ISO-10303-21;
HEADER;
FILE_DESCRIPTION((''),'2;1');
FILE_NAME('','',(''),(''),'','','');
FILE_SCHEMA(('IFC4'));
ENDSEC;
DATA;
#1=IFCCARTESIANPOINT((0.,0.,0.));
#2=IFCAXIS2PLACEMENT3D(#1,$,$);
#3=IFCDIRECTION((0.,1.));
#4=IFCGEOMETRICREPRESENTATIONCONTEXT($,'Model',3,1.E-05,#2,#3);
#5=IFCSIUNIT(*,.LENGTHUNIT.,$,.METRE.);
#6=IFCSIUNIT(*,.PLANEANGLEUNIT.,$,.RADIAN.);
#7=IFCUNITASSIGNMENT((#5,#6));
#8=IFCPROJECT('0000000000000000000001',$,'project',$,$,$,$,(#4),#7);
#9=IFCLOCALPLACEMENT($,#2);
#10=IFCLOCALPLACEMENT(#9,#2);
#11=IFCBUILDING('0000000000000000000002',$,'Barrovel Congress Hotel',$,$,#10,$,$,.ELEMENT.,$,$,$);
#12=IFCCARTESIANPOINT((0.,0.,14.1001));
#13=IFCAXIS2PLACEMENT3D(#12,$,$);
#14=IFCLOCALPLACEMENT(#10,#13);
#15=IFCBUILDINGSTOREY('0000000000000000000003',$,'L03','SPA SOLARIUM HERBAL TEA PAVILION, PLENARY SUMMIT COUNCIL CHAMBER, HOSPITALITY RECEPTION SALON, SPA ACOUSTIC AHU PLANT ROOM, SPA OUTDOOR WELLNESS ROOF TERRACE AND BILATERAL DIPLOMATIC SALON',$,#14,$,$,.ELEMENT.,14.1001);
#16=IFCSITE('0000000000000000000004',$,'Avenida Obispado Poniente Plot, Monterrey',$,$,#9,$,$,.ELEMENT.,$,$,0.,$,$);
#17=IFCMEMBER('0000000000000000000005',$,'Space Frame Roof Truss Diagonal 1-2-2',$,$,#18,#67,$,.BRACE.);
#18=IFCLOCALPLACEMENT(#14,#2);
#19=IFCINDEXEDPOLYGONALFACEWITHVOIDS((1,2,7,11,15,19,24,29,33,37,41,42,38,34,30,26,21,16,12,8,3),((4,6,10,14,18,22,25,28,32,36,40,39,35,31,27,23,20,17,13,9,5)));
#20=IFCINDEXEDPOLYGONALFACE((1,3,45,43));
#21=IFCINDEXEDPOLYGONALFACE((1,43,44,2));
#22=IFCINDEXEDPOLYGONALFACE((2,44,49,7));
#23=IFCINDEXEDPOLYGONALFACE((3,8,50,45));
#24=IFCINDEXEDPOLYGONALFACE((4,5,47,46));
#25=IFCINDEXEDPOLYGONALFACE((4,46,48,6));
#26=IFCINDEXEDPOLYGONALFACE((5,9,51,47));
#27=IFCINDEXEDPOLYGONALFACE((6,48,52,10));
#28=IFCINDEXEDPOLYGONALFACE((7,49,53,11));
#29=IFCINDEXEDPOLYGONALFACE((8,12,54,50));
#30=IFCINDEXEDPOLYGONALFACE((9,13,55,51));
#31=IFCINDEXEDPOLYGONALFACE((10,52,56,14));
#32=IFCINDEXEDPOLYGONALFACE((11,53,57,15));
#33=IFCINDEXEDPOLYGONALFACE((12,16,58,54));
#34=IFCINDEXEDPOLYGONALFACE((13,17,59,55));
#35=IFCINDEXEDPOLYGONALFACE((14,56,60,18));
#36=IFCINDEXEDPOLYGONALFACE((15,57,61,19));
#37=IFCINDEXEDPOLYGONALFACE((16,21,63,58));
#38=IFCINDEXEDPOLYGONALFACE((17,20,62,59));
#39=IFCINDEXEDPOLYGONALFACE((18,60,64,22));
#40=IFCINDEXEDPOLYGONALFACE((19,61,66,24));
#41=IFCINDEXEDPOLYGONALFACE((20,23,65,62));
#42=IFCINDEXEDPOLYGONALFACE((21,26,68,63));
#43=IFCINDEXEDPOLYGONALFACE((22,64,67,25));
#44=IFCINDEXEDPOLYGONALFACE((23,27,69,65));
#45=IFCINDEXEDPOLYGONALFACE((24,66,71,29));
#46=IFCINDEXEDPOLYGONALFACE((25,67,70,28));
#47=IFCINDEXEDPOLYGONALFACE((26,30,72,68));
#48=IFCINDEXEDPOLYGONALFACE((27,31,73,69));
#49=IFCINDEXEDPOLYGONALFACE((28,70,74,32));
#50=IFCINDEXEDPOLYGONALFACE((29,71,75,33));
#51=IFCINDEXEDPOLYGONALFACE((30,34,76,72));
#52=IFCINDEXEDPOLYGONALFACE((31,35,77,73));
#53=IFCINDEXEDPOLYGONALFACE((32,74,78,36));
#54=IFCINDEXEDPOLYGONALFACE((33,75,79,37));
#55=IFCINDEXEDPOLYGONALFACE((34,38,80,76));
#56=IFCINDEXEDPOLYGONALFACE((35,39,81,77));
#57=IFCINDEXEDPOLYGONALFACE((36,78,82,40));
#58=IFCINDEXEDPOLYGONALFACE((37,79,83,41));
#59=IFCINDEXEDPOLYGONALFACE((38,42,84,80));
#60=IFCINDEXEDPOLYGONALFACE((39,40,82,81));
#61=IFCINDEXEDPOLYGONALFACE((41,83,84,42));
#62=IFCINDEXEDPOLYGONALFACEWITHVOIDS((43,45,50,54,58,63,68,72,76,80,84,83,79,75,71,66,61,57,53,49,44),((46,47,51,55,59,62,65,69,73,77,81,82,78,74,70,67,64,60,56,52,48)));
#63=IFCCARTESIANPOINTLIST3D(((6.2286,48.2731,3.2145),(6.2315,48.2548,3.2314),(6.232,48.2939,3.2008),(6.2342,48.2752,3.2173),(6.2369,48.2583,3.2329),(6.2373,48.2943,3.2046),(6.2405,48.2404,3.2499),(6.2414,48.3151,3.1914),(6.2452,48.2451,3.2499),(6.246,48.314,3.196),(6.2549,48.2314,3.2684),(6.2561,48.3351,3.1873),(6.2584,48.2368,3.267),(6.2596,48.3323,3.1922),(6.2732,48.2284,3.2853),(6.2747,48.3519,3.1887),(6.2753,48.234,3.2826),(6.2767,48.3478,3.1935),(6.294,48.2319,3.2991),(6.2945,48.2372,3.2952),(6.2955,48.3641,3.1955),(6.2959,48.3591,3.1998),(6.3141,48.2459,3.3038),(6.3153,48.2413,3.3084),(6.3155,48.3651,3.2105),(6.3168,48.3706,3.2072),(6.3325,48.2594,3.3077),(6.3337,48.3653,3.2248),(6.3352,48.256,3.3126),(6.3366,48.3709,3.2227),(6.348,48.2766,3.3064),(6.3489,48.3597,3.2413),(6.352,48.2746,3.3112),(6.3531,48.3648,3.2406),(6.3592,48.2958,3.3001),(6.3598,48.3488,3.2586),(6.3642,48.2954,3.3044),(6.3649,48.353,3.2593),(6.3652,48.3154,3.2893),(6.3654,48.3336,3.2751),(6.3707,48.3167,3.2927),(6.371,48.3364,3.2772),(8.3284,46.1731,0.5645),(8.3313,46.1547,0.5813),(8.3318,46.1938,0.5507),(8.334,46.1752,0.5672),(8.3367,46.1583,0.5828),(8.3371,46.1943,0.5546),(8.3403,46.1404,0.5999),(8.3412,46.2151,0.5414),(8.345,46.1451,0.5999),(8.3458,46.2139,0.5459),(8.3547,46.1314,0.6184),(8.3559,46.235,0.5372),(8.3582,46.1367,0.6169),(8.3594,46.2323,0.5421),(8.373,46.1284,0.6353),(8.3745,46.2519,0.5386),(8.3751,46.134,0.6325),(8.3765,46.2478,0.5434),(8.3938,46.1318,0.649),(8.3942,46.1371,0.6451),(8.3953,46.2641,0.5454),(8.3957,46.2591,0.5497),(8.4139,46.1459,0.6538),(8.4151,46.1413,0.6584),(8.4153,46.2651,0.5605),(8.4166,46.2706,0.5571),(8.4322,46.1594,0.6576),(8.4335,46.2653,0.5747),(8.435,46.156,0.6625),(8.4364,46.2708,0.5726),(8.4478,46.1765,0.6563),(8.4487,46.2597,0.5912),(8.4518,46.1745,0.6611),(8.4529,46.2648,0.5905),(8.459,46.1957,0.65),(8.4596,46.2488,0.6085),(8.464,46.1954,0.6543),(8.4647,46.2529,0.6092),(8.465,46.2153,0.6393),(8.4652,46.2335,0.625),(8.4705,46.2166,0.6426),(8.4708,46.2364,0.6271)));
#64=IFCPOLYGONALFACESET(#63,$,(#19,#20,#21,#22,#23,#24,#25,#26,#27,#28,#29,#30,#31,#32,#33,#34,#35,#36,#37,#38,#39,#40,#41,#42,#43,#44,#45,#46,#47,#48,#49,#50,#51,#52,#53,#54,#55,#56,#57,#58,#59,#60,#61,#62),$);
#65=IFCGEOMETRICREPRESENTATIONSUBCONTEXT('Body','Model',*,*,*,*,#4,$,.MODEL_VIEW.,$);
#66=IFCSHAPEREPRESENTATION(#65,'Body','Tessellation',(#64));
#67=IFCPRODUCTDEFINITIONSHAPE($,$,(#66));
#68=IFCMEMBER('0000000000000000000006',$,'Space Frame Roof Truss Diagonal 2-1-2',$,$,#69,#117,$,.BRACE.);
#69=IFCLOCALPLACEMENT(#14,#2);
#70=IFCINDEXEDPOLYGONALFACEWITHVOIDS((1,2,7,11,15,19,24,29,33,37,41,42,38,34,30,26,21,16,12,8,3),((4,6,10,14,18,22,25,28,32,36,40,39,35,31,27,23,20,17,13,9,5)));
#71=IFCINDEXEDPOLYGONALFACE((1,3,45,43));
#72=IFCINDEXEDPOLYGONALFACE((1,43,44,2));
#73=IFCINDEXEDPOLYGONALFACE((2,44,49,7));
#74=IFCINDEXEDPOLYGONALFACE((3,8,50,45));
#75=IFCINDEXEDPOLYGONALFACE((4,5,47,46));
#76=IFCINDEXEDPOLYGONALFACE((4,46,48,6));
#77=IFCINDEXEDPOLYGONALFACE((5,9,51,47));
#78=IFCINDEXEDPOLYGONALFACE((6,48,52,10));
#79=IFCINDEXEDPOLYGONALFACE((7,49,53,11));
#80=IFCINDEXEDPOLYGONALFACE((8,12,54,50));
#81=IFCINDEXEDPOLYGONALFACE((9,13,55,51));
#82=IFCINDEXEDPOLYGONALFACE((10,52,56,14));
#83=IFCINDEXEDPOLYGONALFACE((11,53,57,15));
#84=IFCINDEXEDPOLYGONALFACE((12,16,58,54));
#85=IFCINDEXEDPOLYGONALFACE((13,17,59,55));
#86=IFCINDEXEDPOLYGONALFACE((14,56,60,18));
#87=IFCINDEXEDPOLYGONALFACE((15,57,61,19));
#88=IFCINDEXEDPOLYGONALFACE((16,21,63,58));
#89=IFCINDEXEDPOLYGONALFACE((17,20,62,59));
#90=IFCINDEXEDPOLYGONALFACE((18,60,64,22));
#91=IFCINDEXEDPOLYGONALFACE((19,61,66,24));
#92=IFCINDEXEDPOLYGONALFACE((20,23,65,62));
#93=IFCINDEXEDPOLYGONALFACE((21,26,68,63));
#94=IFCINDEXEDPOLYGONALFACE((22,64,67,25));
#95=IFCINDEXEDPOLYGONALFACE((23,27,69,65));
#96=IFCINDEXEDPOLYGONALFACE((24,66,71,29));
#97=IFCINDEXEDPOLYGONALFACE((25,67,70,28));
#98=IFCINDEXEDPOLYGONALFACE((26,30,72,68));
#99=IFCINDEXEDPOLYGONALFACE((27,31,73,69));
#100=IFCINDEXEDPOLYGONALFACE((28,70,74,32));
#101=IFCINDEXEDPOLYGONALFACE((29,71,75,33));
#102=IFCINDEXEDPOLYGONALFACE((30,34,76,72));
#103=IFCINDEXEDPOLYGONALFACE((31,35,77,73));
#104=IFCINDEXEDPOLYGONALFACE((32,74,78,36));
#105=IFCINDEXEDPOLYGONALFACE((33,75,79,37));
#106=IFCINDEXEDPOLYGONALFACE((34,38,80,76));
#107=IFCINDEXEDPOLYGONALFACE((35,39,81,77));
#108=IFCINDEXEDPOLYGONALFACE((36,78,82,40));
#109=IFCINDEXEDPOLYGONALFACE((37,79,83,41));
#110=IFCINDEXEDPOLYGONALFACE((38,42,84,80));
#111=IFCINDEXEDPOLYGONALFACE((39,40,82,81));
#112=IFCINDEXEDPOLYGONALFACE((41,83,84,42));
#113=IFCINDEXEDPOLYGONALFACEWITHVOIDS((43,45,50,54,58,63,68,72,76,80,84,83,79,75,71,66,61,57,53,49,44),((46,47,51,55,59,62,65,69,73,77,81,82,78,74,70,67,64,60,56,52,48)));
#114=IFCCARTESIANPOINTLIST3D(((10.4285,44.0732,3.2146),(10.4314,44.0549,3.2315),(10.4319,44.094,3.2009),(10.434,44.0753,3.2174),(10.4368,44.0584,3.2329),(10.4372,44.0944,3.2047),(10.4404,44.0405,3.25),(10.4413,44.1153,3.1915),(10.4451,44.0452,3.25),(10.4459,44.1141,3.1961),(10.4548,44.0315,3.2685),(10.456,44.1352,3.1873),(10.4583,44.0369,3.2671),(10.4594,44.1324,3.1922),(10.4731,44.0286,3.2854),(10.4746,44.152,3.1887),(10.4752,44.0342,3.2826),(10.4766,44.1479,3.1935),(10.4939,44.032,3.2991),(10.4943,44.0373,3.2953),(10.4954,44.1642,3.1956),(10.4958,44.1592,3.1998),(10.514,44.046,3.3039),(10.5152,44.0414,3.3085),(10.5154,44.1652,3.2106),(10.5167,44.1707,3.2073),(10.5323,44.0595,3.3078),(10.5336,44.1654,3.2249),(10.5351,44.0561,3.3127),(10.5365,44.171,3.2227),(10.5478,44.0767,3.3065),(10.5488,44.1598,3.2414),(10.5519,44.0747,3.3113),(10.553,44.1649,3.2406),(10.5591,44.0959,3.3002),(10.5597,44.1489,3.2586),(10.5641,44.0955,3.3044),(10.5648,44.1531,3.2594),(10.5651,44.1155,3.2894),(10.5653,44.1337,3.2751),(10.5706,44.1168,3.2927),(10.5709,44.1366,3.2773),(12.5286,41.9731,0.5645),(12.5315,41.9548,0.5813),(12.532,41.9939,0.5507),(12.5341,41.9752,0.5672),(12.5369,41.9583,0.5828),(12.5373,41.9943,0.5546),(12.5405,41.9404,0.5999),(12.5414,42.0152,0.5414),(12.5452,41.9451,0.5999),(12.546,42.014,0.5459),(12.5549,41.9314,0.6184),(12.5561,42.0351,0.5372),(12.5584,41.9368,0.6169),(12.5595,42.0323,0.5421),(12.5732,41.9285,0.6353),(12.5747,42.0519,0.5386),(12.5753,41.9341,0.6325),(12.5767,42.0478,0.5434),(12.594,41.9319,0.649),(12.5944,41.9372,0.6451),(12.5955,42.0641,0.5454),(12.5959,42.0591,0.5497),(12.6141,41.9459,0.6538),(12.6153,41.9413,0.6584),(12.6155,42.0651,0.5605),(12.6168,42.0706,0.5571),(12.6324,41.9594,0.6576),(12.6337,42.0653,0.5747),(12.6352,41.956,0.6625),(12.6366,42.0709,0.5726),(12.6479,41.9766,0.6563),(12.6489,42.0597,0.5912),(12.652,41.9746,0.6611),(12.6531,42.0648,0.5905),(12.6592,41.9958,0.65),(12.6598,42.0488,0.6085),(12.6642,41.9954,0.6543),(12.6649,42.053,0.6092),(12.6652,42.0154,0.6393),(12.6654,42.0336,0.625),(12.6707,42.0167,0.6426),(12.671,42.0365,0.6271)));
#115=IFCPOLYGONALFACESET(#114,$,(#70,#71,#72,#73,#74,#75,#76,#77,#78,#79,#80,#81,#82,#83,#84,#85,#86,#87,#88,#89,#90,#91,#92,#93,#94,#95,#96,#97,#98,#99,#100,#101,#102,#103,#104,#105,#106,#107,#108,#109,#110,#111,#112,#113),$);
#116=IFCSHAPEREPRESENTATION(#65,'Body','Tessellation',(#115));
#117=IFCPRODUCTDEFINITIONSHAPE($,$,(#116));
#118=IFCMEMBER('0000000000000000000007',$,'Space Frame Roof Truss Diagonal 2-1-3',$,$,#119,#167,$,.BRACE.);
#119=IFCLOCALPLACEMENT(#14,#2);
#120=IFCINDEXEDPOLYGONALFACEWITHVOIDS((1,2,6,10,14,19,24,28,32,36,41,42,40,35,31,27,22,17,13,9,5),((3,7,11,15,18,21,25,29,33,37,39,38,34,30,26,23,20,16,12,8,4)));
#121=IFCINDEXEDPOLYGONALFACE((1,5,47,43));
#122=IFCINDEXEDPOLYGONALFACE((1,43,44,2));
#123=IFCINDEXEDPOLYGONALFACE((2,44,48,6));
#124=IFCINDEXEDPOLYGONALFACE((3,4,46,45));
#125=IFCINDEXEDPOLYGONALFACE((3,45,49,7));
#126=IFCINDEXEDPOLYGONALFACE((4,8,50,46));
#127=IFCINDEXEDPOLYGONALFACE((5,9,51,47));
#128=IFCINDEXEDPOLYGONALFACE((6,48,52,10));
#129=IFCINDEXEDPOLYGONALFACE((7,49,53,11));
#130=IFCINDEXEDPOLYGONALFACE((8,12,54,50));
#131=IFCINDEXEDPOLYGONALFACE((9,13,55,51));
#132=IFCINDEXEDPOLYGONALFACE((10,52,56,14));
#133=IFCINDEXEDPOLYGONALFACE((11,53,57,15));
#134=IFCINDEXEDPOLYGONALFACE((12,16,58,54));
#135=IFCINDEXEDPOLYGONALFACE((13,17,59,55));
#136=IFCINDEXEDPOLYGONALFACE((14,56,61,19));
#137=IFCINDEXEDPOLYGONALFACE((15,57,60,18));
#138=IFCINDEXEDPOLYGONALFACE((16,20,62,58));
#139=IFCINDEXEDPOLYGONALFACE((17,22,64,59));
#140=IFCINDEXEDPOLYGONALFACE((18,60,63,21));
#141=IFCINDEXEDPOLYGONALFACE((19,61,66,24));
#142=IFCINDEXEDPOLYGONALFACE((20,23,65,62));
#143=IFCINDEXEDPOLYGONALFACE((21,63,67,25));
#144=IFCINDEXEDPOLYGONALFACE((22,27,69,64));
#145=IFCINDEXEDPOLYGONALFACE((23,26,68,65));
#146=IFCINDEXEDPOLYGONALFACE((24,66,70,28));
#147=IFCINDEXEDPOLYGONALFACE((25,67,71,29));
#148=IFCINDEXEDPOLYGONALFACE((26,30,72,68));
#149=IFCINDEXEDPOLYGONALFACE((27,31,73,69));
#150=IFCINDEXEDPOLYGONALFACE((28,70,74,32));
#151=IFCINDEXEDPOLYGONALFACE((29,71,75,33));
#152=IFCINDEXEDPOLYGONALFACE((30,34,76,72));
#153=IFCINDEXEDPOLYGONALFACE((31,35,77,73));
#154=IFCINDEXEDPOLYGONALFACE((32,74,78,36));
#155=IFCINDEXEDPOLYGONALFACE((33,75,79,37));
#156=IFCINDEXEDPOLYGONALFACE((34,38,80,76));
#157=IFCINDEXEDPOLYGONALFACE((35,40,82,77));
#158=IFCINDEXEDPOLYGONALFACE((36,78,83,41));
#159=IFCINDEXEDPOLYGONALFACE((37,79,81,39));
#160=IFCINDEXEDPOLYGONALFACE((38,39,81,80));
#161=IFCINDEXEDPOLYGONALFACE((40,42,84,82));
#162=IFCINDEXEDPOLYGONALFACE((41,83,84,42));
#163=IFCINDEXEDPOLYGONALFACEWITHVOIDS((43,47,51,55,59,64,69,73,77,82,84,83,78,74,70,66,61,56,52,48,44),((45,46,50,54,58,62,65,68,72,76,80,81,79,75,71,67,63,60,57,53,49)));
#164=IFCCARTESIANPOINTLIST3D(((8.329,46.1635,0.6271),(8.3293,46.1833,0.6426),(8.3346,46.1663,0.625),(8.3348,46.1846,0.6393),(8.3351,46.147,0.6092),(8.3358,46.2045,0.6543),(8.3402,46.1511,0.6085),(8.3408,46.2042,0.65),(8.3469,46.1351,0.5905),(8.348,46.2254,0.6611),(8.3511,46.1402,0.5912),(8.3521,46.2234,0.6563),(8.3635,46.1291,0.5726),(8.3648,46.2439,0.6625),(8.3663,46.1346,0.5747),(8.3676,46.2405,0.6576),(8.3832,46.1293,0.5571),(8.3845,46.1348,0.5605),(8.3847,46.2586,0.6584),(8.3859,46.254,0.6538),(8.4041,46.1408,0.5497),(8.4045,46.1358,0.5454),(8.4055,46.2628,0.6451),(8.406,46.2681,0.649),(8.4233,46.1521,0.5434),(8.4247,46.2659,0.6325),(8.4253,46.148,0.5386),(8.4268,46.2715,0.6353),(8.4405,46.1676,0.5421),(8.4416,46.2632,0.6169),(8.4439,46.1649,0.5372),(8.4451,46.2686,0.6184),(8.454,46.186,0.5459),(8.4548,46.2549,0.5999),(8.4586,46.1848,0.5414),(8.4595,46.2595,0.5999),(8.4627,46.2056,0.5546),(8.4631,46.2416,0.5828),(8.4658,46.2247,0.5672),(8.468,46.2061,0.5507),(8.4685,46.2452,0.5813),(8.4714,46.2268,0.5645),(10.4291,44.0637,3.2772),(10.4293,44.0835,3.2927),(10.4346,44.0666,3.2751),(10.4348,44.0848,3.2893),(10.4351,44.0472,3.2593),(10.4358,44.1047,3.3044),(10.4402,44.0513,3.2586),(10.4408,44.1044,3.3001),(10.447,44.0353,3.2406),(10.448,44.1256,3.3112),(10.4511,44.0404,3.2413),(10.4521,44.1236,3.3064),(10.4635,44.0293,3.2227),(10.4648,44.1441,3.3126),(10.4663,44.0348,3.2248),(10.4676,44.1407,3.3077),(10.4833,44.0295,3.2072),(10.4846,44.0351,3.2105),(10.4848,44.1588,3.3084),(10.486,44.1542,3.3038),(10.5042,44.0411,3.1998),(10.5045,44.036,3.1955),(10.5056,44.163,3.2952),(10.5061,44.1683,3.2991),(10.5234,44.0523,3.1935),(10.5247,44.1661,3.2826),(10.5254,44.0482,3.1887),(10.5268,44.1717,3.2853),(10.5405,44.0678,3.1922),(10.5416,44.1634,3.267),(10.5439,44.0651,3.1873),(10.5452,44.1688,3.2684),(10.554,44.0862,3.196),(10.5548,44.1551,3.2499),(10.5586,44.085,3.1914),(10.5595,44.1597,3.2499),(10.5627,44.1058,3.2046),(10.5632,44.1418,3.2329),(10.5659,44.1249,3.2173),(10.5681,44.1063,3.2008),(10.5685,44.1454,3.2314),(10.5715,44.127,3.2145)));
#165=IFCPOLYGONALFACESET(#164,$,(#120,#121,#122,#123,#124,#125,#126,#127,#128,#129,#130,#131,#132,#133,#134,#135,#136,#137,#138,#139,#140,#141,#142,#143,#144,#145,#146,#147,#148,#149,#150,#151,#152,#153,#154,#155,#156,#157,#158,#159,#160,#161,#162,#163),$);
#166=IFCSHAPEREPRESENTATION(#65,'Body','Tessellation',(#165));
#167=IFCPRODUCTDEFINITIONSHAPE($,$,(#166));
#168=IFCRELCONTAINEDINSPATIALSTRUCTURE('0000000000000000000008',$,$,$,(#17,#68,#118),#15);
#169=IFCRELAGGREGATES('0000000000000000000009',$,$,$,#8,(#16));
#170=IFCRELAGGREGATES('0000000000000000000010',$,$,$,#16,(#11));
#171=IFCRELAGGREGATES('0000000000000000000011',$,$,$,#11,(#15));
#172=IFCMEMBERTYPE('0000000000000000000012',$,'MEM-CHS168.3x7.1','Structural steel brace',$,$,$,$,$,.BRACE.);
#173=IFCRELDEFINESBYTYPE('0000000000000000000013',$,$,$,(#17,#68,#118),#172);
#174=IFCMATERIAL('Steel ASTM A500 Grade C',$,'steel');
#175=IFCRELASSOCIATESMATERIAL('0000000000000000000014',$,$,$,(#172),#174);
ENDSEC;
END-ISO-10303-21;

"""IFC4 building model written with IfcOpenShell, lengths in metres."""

from ifc_helpers import new_model, si_unit, direction, frame, origin, origin_2d, place, context, subcontext, project, spatial, hollow_circle, extrude, material, material_profile, profile_set, type_object, element, save


model = new_model("IFC4")

# Units and contexts
model_context = context("Model", 3, precision=1e-05, world=origin(), true_north=direction((0.0, 1.0)))
body_context = subcontext(model_context, "Body", "Model", "MODEL_VIEW")
ifc_project = project(units=[si_unit("LENGTHUNIT", "METRE"), si_unit("PLANEANGLEUNIT", "RADIAN")], contexts=[model_context])

# Site, building, storey
site_placement = place(None, origin())
site = spatial("IfcSite", under=ifc_project, at=site_placement, Name="Avenida Obispado Poniente Plot, Monterrey", CompositionType="ELEMENT", RefElevation=0.0)
building_placement = place(site_placement, origin())
building = spatial("IfcBuilding", under=site, at=building_placement, Name="Barrovel Congress Hotel", CompositionType="ELEMENT")
storey_placement = place(building_placement, frame((0.0, 0.0, 14.1001)))
storey = spatial("IfcBuildingStorey", under=building, at=storey_placement, Name="L03", Description="SPA SOLARIUM HERBAL TEA PAVILION, PLENARY SUMMIT COUNCIL CHAMBER, HOSPITALITY RECEPTION SALON, SPA ACOUSTIC AHU PLANT ROOM, SPA OUTDOOR WELLNESS ROOF TERRACE AND BILATERAL DIPLOMATIC SALON", CompositionType="ELEMENT", Elevation=14.1001)

# Members
ifc_material_1 = material(Name="Steel ASTM A500 Grade C", Category="steel")
ifc_material_profile_1 = material_profile(ifc_material_1, hollow_circle(Radius=0.0842, WallThickness=0.0066, at=origin_2d()), Name="CHS168.3x7.1")
ifc_profile_set_1 = profile_set([ifc_material_profile_1], Name="Steel ASTM A500 Grade C")
member_type_1 = type_object("IfcMemberType", Name="MEM-CHS168.3x7.1", Description="Structural steel brace", PredefinedType="BRACE", material=ifc_profile_set_1)
member_1_placement = place(storey_placement, frame((8.3999, 46.2, 0.5999), z_axis=(-0.527557, 0.527618, 0.66581), x_axis=(-0.707148, -0.707066, 0.0)))
element("IfcMember", 1, at=member_1_placement, inside=storey, type_object=member_type_1, Name="Space Frame Roof Truss Diagonal 1-2-2", PredefinedType="BRACE", context=body_context, shape_type="SweptSolid", body=[
    extrude(hollow_circle(Radius=0.0842, WallThickness=0.0066, at=origin_2d()), origin(), (0.0, 0.0, 1.0), 3.9802),
])
member_2_placement = place(storey_placement, frame((12.6001, 42.0, 0.5999), z_axis=(-0.527601, 0.527601, 0.665788), x_axis=(-0.707107, -0.707107, 0.0)))
element("IfcMember", 2, at=member_2_placement, inside=storey, type_object=member_type_1, Name="Space Frame Roof Truss Diagonal 2-1-2", PredefinedType="BRACE", context=body_context, shape_type="SweptSolid", body=[
    extrude(hollow_circle(Radius=0.0842, WallThickness=0.0066, at=origin_2d()), origin(), (0.0, 0.0, 1.0), 3.9805),
])
for number, where, z_axis, x_axis, name in (
    (3, (8.3999, 46.2, 0.5999), (0.527618, -0.527557, 0.66581), (0.707066, 0.707148, 0.0), "Space Frame Roof Truss Diagonal 2-1-3"),
):
    element("IfcMember", number, at=place(storey_placement, frame(where, z_axis=z_axis, x_axis=x_axis)), inside=storey, type_object=member_type_1, Name=name, PredefinedType="BRACE", context=body_context, shape_type="SweptSolid", body=[
        extrude(hollow_circle(Radius=0.0842, WallThickness=0.0066, at=origin_2d()), origin(), (0.0, 0.0, 1.0), 3.9802),
    ])

save(model, "model.ifc")
